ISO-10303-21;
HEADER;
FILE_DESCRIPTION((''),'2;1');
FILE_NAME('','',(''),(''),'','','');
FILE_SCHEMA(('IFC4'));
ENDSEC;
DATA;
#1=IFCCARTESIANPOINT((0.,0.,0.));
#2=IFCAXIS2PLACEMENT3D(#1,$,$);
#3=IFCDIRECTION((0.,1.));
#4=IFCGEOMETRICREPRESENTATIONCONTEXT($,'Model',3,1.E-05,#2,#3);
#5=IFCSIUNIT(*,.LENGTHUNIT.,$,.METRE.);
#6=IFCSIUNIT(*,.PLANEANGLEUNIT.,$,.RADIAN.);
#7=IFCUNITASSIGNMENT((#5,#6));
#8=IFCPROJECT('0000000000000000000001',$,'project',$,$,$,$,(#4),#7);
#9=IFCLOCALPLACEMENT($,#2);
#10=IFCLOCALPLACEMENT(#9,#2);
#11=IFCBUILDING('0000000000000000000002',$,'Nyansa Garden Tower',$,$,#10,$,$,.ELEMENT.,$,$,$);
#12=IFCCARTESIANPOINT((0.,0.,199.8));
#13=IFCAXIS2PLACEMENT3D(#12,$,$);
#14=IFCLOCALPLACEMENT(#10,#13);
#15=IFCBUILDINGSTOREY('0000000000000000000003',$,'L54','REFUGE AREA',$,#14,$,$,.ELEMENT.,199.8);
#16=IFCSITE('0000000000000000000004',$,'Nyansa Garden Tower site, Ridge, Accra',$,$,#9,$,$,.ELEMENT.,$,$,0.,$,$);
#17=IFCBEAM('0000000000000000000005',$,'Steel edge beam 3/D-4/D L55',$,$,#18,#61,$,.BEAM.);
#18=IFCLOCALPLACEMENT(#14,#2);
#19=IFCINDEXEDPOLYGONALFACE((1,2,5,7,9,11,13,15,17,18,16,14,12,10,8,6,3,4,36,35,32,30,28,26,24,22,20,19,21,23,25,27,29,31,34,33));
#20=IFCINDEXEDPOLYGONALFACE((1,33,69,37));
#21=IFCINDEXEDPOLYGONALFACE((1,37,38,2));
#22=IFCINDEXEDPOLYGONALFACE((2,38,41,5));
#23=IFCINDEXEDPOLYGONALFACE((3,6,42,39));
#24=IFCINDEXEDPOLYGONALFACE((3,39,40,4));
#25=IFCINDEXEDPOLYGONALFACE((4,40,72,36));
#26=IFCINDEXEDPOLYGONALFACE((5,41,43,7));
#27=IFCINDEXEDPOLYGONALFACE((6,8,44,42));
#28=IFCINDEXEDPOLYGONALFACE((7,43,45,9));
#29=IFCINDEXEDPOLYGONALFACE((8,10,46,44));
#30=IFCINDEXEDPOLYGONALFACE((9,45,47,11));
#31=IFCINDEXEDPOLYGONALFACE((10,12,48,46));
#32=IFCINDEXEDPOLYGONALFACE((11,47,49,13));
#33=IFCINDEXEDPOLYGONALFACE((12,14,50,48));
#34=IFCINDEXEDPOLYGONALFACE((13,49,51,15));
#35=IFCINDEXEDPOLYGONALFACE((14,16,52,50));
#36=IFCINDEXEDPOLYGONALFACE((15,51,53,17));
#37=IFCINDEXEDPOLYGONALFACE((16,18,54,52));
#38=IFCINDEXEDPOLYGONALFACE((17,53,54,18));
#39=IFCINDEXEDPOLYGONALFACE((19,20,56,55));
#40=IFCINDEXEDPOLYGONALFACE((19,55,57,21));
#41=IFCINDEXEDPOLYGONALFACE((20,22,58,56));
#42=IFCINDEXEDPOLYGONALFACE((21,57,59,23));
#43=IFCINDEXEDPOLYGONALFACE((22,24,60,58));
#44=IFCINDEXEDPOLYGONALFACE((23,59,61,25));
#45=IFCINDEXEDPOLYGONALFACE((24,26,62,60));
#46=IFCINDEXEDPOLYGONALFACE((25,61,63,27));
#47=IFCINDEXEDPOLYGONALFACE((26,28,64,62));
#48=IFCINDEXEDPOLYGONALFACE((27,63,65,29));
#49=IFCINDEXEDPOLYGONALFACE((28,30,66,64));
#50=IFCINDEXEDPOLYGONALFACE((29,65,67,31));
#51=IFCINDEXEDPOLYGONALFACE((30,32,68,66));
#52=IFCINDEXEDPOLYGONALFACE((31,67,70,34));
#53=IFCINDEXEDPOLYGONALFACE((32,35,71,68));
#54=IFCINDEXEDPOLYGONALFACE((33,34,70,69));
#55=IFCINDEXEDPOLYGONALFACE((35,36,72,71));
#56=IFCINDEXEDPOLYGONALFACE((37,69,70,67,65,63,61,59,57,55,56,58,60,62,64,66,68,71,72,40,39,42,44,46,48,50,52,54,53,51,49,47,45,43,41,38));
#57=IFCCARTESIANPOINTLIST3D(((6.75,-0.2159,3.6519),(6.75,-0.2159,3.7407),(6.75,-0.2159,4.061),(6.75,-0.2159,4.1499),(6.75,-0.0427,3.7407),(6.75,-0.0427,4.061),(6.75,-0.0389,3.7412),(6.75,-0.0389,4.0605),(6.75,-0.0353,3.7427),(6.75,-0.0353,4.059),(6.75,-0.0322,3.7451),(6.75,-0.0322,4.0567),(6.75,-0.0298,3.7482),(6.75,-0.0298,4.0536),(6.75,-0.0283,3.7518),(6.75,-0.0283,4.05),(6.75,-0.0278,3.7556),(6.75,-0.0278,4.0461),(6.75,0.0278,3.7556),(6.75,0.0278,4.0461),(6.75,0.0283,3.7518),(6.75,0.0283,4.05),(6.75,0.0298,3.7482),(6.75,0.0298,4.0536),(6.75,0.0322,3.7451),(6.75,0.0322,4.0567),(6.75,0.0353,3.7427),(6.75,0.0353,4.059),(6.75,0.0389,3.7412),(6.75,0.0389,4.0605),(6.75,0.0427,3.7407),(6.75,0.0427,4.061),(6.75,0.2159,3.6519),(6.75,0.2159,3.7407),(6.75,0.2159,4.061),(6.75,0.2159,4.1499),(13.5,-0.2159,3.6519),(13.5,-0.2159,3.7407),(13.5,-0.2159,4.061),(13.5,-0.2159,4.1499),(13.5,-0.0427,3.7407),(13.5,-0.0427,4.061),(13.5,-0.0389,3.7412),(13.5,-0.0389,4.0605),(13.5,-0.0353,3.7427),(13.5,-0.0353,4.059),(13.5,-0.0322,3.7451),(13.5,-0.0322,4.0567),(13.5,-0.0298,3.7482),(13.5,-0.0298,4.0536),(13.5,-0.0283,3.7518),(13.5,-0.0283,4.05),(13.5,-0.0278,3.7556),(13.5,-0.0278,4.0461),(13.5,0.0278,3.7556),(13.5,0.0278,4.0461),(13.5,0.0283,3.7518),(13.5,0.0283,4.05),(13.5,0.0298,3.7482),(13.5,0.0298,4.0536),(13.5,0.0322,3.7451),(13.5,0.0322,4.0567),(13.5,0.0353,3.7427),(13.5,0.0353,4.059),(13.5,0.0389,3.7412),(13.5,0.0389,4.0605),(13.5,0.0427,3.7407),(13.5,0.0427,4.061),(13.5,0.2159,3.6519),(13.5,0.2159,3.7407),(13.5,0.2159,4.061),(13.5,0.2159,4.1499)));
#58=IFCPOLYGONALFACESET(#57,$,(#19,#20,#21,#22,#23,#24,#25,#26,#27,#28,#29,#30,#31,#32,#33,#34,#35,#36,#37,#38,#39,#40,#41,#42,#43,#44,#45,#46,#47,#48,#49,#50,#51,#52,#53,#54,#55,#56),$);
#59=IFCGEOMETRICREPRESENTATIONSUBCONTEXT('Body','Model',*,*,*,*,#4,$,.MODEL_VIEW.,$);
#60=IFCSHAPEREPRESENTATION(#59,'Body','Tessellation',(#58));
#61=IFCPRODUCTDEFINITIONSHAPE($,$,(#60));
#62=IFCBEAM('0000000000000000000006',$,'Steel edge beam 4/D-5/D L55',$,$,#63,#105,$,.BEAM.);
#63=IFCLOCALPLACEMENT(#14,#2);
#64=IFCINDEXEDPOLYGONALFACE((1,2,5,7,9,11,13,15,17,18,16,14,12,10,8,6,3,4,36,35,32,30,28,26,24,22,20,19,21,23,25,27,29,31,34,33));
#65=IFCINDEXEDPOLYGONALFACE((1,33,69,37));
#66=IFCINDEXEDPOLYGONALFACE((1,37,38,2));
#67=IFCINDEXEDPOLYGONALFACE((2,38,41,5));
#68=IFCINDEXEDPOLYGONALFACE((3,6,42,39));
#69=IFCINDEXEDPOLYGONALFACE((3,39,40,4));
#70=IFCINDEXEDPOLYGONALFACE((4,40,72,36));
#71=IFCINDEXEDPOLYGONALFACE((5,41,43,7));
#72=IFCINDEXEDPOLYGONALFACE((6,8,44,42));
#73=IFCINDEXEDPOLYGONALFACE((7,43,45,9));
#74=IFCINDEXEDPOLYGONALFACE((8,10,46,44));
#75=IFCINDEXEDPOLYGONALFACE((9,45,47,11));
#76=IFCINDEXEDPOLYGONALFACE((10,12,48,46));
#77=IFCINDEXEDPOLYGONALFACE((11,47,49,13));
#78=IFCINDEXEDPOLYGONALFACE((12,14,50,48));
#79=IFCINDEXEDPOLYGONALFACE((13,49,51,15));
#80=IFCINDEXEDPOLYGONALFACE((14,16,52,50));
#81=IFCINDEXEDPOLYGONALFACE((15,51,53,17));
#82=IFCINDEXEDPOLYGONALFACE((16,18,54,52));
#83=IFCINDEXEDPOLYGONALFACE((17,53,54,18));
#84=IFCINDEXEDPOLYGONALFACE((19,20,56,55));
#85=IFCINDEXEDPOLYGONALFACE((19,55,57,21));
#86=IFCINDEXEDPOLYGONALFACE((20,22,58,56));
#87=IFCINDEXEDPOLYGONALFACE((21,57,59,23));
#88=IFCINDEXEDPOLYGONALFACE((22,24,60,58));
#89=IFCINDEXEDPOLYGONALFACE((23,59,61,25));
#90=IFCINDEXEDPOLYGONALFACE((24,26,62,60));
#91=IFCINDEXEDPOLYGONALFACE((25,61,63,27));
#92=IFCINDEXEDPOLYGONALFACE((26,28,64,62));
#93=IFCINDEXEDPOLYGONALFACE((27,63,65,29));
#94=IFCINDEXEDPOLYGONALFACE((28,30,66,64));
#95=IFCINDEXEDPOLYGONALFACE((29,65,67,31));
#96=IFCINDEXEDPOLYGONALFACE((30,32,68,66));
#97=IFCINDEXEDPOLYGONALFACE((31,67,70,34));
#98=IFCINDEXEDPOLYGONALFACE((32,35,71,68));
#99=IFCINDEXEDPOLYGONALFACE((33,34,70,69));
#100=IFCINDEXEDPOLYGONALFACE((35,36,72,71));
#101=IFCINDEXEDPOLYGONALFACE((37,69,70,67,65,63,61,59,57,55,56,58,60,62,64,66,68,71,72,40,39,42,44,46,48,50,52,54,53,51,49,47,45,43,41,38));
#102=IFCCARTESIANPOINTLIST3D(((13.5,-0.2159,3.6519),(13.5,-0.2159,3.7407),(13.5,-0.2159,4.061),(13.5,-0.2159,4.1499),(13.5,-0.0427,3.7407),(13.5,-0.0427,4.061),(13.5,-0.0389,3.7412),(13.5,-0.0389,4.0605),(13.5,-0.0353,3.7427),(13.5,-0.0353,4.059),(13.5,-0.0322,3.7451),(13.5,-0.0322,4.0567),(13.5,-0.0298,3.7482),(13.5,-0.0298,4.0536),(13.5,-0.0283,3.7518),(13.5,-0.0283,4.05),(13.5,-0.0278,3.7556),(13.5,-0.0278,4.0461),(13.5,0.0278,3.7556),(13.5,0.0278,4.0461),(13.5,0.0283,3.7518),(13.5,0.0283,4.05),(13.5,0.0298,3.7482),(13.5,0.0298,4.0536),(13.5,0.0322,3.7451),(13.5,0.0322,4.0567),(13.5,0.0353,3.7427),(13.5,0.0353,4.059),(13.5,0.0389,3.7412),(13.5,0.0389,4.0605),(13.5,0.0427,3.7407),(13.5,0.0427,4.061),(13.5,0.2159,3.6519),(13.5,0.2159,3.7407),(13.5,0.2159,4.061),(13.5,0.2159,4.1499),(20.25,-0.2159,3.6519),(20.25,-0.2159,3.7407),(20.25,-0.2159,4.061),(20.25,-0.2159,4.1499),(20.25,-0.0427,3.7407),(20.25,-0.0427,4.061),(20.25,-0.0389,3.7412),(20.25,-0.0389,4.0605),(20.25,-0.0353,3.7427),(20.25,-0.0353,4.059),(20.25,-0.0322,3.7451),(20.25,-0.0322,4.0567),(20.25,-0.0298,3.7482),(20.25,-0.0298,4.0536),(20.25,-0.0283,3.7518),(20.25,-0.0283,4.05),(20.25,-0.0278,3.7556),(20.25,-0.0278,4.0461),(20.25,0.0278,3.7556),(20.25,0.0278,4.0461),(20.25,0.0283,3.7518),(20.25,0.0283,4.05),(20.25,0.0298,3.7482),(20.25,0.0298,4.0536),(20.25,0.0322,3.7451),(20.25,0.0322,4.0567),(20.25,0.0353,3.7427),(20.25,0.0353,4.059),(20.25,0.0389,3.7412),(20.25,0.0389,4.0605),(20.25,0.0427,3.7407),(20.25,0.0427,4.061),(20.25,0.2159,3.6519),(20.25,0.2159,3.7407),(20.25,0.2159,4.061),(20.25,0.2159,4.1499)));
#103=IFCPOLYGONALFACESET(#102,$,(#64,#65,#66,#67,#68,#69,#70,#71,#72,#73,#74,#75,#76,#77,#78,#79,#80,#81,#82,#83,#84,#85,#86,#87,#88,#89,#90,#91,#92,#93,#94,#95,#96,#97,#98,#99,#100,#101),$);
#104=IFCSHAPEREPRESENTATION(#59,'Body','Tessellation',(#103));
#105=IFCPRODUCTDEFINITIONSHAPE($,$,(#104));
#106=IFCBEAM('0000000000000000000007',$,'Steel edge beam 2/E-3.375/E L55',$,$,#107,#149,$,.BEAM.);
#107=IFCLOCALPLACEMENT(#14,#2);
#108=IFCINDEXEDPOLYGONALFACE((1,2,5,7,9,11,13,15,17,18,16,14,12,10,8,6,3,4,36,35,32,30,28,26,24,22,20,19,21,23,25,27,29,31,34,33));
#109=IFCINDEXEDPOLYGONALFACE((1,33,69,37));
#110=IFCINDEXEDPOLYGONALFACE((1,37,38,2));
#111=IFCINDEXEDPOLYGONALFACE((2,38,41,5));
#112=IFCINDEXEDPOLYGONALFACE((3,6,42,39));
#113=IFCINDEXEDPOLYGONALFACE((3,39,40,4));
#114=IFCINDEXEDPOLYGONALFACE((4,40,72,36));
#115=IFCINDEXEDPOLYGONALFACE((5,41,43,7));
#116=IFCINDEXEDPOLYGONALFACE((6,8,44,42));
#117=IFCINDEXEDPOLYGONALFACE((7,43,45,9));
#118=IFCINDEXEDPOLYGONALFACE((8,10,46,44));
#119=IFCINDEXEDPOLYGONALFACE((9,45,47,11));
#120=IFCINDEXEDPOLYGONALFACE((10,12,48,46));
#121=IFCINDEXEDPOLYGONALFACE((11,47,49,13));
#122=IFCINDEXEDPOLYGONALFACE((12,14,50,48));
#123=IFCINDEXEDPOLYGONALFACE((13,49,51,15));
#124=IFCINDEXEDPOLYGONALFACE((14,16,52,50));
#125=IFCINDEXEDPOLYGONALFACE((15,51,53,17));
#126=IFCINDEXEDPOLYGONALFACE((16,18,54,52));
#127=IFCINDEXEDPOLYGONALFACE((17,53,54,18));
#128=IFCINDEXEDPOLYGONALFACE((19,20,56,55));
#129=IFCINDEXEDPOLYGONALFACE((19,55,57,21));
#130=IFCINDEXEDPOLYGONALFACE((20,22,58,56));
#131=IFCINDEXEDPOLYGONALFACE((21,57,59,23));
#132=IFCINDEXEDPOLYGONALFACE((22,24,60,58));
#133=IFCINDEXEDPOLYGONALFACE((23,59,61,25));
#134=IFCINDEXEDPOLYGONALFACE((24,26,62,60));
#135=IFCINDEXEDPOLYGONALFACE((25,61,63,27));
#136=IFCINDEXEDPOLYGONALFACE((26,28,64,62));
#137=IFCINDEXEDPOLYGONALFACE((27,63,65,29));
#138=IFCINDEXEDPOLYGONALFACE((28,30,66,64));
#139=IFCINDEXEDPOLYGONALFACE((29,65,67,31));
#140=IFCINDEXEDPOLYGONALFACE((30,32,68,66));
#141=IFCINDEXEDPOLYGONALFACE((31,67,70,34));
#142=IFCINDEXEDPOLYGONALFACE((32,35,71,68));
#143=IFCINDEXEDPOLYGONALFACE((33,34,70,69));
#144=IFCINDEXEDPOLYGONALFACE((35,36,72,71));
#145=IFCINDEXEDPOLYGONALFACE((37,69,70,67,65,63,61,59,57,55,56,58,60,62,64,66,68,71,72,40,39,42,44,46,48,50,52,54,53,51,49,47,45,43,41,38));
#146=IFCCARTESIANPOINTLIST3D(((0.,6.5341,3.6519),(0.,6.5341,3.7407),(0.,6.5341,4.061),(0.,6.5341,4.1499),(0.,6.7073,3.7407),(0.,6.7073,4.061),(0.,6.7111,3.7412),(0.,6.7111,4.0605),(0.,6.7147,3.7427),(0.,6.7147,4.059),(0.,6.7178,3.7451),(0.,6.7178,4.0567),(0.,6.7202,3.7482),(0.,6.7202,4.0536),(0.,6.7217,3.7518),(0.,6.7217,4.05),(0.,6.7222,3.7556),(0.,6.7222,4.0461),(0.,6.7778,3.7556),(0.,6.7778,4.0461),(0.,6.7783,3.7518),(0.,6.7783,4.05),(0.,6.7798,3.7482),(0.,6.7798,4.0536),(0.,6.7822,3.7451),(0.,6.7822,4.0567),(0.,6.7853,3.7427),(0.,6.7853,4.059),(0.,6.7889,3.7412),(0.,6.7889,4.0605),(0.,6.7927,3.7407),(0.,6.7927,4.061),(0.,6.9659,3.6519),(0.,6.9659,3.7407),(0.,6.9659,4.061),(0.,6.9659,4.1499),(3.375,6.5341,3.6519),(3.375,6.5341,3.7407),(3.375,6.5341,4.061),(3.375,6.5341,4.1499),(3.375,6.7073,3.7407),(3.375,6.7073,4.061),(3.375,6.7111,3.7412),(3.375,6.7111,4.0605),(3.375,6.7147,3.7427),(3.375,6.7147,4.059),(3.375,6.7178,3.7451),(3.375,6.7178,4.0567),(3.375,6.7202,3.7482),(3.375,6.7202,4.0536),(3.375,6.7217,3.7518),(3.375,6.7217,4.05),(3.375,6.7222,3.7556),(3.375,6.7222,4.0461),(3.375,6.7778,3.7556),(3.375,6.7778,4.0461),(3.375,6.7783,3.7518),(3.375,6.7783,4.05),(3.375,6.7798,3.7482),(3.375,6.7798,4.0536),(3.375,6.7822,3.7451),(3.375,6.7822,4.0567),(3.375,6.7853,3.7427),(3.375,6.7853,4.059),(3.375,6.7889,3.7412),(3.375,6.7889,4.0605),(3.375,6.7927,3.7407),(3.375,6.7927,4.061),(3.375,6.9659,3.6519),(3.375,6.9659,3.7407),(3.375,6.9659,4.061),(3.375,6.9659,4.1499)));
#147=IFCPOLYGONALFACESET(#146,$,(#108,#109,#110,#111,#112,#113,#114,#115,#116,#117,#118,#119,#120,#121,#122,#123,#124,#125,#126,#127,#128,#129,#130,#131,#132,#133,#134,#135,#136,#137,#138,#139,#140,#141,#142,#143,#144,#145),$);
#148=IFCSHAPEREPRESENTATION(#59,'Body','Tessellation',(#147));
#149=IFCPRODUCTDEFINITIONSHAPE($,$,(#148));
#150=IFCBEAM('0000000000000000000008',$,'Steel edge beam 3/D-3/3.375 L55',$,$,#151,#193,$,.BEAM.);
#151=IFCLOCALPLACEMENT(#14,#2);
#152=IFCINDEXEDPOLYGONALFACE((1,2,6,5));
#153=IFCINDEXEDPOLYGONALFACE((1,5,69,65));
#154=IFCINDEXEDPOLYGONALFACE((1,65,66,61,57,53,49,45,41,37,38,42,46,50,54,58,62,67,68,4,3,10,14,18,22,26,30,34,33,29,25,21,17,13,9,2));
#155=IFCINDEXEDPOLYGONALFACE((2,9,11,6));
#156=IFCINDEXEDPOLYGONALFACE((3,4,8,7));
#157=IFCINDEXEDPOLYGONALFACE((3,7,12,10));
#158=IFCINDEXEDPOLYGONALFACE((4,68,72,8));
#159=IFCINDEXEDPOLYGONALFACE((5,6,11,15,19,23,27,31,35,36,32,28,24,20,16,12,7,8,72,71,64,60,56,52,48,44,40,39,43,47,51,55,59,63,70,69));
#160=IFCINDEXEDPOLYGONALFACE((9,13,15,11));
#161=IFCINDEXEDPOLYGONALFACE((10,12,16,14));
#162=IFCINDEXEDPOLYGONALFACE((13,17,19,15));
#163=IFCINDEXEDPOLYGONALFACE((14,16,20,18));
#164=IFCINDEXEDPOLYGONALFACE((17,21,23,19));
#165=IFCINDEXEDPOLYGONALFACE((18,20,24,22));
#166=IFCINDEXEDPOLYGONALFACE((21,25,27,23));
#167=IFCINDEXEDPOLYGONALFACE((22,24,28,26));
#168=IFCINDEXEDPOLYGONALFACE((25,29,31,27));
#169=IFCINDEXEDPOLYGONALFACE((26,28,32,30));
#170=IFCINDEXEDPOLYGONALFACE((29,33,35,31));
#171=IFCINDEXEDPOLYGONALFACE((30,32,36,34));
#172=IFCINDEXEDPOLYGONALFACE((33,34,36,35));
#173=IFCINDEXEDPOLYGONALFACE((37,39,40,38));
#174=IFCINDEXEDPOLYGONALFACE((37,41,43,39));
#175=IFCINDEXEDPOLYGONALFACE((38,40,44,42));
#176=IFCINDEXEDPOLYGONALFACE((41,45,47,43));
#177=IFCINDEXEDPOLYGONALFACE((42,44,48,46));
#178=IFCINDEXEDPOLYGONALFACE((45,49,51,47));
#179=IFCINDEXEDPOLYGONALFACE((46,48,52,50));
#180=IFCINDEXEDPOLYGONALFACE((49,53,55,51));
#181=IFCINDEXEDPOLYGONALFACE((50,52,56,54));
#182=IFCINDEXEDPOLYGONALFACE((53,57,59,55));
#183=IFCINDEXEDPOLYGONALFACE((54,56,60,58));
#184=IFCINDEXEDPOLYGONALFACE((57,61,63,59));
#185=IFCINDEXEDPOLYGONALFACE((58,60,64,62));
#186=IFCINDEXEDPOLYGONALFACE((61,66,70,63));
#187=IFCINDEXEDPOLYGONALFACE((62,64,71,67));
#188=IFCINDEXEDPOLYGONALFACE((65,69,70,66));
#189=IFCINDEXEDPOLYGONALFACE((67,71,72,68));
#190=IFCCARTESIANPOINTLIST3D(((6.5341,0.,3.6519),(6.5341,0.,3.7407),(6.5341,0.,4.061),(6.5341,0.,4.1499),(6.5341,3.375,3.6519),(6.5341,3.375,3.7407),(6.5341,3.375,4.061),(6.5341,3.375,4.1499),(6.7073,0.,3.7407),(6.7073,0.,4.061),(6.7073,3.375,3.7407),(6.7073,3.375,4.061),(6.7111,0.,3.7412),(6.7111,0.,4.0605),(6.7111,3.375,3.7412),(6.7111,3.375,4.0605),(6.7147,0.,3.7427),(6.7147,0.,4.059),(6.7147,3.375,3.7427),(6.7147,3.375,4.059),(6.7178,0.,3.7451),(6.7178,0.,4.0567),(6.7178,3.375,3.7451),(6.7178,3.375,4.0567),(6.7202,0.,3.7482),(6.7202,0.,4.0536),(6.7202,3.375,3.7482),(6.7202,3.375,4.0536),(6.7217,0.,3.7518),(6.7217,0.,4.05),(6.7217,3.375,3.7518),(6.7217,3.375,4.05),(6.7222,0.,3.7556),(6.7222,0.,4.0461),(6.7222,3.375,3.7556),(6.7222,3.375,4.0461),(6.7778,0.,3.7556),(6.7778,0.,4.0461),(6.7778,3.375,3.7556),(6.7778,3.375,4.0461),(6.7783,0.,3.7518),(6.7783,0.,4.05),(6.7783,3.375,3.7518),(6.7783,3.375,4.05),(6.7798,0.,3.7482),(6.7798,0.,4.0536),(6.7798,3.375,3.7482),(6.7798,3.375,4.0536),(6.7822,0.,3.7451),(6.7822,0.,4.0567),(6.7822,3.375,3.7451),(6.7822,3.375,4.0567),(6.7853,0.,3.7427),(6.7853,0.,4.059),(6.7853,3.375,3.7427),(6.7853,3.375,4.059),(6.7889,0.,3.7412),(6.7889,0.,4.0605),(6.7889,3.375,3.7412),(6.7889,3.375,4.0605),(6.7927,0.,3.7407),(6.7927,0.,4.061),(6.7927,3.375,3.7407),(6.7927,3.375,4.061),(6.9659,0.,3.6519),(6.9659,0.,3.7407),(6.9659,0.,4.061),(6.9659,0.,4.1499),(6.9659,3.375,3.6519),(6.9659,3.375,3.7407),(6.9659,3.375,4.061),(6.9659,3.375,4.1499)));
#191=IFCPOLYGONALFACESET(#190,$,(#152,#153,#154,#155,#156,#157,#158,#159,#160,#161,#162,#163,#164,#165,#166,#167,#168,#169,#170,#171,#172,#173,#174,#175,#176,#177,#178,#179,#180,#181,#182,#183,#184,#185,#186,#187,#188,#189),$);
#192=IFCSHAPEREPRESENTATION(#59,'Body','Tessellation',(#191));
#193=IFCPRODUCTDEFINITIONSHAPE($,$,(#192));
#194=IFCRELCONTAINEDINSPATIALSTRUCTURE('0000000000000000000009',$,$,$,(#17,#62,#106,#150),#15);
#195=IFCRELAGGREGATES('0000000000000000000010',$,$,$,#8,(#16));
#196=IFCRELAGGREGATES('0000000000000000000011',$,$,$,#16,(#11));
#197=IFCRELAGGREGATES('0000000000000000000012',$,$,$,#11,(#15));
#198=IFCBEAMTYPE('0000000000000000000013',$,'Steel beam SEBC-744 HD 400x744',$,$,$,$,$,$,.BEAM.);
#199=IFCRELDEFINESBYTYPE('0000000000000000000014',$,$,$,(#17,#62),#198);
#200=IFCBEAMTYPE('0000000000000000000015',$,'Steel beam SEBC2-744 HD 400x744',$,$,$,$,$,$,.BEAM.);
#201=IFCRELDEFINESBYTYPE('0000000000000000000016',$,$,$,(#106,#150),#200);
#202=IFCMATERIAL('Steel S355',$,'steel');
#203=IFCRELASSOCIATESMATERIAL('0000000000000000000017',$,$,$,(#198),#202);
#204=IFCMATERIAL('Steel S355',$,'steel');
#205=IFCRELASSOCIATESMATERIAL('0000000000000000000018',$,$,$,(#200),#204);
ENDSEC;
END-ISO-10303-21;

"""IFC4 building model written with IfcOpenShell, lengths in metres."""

from ifc_helpers import new_model, si_unit, direction, frame, origin, origin_2d, place, context, subcontext, project, spatial, i_section, extrude, material, material_profile, profile_set, type_object, element, save


model = new_model("IFC4")

# Units and contexts
model_context = context("Model", 3, precision=1e-05, world=origin(), true_north=direction((0.0, 1.0)))
body_context = subcontext(model_context, "Body", "Model", "MODEL_VIEW")
ifc_project = project(units=[si_unit("LENGTHUNIT", "METRE"), si_unit("PLANEANGLEUNIT", "RADIAN")], contexts=[model_context])

# Site, building, storey
site_placement = place(None, origin())
site = spatial("IfcSite", under=ifc_project, at=site_placement, Name="Nyansa Garden Tower site, Ridge, Accra", CompositionType="ELEMENT", RefElevation=0.0)
building_placement = place(site_placement, origin())
building = spatial("IfcBuilding", under=site, at=building_placement, Name="Nyansa Garden Tower", CompositionType="ELEMENT")
storey_placement = place(building_placement, frame((0.0, 0.0, 199.8)))
storey = spatial("IfcBuildingStorey", under=building, at=storey_placement, Name="L54", Description="REFUGE AREA", CompositionType="ELEMENT", Elevation=199.8)

# Beams
ifc_material_1 = material(Name="Steel S355", Category="steel")
ifc_material_profile_1 = material_profile(ifc_material_1, i_section(OverallWidth=0.4319, OverallDepth=0.498, WebThickness=0.0557, FlangeThickness=0.0889, FilletRadius=0.0149, at=origin_2d()), Name="HD 400x744")
ifc_profile_set_1 = profile_set([ifc_material_profile_1], Name="Steel S355")
beam_type_1 = type_object("IfcBeamType", Name="Steel beam SEBC-744 HD 400x744", PredefinedType="BEAM", material=ifc_profile_set_1)
for number, where, z_axis, x_axis, name in (
    (1, (6.75, 0.0, 3.9009), (1.0, 0.0, 0.0), (0.0, 1.0, 0.0), "Steel edge beam 3/D-4/D L55"),
    (2, (13.5, 0.0, 3.9009), (1.0, 0.0, 0.0), (0.0, 1.0, 0.0), "Steel edge beam 4/D-5/D L55"),
):
    element("IfcBeam", number, at=place(storey_placement, frame(where, z_axis=z_axis, x_axis=x_axis)), inside=storey, type_object=beam_type_1, Name=name, PredefinedType="BEAM", context=body_context, shape_type="SweptSolid", body=[
        extrude(i_section(OverallWidth=0.4319, OverallDepth=0.498, WebThickness=0.0557, FlangeThickness=0.0889, FilletRadius=0.0149, at=origin_2d()), origin(), (0.0, 0.0, 1.0), 6.75),
    ])
ifc_material_2 = material(Name="Steel S355", Category="steel")
ifc_material_profile_2 = material_profile(ifc_material_2, i_section(OverallWidth=0.4319, OverallDepth=0.498, WebThickness=0.0557, FlangeThickness=0.0889, FilletRadius=0.0149, at=origin_2d()), Name="HD 400x744")
ifc_profile_set_2 = profile_set([ifc_material_profile_2], Name="Steel S355")
beam_type_2 = type_object("IfcBeamType", Name="Steel beam SEBC2-744 HD 400x744", PredefinedType="BEAM", material=ifc_profile_set_2)
for number, where, z_axis, x_axis, name in (
    (3, (0.0, 6.75, 3.9009), (1.0, 0.0, 0.0), (0.0, 1.0, 0.0), "Steel edge beam 2/E-3.375/E L55"),
    (4, (6.75, 0.0, 3.9009), (0.0, 1.0, 0.0), (-1.0, 0.0, 0.0), "Steel edge beam 3/D-3/3.375 L55"),
):
    element("IfcBeam", number, at=place(storey_placement, frame(where, z_axis=z_axis, x_axis=x_axis)), inside=storey, type_object=beam_type_2, Name=name, PredefinedType="BEAM", context=body_context, shape_type="SweptSolid", body=[
        extrude(i_section(OverallWidth=0.4319, OverallDepth=0.498, WebThickness=0.0557, FlangeThickness=0.0889, FilletRadius=0.0149, at=origin_2d()), origin(), (0.0, 0.0, 1.0), 3.375),
    ])

save(model, "model.ifc")
